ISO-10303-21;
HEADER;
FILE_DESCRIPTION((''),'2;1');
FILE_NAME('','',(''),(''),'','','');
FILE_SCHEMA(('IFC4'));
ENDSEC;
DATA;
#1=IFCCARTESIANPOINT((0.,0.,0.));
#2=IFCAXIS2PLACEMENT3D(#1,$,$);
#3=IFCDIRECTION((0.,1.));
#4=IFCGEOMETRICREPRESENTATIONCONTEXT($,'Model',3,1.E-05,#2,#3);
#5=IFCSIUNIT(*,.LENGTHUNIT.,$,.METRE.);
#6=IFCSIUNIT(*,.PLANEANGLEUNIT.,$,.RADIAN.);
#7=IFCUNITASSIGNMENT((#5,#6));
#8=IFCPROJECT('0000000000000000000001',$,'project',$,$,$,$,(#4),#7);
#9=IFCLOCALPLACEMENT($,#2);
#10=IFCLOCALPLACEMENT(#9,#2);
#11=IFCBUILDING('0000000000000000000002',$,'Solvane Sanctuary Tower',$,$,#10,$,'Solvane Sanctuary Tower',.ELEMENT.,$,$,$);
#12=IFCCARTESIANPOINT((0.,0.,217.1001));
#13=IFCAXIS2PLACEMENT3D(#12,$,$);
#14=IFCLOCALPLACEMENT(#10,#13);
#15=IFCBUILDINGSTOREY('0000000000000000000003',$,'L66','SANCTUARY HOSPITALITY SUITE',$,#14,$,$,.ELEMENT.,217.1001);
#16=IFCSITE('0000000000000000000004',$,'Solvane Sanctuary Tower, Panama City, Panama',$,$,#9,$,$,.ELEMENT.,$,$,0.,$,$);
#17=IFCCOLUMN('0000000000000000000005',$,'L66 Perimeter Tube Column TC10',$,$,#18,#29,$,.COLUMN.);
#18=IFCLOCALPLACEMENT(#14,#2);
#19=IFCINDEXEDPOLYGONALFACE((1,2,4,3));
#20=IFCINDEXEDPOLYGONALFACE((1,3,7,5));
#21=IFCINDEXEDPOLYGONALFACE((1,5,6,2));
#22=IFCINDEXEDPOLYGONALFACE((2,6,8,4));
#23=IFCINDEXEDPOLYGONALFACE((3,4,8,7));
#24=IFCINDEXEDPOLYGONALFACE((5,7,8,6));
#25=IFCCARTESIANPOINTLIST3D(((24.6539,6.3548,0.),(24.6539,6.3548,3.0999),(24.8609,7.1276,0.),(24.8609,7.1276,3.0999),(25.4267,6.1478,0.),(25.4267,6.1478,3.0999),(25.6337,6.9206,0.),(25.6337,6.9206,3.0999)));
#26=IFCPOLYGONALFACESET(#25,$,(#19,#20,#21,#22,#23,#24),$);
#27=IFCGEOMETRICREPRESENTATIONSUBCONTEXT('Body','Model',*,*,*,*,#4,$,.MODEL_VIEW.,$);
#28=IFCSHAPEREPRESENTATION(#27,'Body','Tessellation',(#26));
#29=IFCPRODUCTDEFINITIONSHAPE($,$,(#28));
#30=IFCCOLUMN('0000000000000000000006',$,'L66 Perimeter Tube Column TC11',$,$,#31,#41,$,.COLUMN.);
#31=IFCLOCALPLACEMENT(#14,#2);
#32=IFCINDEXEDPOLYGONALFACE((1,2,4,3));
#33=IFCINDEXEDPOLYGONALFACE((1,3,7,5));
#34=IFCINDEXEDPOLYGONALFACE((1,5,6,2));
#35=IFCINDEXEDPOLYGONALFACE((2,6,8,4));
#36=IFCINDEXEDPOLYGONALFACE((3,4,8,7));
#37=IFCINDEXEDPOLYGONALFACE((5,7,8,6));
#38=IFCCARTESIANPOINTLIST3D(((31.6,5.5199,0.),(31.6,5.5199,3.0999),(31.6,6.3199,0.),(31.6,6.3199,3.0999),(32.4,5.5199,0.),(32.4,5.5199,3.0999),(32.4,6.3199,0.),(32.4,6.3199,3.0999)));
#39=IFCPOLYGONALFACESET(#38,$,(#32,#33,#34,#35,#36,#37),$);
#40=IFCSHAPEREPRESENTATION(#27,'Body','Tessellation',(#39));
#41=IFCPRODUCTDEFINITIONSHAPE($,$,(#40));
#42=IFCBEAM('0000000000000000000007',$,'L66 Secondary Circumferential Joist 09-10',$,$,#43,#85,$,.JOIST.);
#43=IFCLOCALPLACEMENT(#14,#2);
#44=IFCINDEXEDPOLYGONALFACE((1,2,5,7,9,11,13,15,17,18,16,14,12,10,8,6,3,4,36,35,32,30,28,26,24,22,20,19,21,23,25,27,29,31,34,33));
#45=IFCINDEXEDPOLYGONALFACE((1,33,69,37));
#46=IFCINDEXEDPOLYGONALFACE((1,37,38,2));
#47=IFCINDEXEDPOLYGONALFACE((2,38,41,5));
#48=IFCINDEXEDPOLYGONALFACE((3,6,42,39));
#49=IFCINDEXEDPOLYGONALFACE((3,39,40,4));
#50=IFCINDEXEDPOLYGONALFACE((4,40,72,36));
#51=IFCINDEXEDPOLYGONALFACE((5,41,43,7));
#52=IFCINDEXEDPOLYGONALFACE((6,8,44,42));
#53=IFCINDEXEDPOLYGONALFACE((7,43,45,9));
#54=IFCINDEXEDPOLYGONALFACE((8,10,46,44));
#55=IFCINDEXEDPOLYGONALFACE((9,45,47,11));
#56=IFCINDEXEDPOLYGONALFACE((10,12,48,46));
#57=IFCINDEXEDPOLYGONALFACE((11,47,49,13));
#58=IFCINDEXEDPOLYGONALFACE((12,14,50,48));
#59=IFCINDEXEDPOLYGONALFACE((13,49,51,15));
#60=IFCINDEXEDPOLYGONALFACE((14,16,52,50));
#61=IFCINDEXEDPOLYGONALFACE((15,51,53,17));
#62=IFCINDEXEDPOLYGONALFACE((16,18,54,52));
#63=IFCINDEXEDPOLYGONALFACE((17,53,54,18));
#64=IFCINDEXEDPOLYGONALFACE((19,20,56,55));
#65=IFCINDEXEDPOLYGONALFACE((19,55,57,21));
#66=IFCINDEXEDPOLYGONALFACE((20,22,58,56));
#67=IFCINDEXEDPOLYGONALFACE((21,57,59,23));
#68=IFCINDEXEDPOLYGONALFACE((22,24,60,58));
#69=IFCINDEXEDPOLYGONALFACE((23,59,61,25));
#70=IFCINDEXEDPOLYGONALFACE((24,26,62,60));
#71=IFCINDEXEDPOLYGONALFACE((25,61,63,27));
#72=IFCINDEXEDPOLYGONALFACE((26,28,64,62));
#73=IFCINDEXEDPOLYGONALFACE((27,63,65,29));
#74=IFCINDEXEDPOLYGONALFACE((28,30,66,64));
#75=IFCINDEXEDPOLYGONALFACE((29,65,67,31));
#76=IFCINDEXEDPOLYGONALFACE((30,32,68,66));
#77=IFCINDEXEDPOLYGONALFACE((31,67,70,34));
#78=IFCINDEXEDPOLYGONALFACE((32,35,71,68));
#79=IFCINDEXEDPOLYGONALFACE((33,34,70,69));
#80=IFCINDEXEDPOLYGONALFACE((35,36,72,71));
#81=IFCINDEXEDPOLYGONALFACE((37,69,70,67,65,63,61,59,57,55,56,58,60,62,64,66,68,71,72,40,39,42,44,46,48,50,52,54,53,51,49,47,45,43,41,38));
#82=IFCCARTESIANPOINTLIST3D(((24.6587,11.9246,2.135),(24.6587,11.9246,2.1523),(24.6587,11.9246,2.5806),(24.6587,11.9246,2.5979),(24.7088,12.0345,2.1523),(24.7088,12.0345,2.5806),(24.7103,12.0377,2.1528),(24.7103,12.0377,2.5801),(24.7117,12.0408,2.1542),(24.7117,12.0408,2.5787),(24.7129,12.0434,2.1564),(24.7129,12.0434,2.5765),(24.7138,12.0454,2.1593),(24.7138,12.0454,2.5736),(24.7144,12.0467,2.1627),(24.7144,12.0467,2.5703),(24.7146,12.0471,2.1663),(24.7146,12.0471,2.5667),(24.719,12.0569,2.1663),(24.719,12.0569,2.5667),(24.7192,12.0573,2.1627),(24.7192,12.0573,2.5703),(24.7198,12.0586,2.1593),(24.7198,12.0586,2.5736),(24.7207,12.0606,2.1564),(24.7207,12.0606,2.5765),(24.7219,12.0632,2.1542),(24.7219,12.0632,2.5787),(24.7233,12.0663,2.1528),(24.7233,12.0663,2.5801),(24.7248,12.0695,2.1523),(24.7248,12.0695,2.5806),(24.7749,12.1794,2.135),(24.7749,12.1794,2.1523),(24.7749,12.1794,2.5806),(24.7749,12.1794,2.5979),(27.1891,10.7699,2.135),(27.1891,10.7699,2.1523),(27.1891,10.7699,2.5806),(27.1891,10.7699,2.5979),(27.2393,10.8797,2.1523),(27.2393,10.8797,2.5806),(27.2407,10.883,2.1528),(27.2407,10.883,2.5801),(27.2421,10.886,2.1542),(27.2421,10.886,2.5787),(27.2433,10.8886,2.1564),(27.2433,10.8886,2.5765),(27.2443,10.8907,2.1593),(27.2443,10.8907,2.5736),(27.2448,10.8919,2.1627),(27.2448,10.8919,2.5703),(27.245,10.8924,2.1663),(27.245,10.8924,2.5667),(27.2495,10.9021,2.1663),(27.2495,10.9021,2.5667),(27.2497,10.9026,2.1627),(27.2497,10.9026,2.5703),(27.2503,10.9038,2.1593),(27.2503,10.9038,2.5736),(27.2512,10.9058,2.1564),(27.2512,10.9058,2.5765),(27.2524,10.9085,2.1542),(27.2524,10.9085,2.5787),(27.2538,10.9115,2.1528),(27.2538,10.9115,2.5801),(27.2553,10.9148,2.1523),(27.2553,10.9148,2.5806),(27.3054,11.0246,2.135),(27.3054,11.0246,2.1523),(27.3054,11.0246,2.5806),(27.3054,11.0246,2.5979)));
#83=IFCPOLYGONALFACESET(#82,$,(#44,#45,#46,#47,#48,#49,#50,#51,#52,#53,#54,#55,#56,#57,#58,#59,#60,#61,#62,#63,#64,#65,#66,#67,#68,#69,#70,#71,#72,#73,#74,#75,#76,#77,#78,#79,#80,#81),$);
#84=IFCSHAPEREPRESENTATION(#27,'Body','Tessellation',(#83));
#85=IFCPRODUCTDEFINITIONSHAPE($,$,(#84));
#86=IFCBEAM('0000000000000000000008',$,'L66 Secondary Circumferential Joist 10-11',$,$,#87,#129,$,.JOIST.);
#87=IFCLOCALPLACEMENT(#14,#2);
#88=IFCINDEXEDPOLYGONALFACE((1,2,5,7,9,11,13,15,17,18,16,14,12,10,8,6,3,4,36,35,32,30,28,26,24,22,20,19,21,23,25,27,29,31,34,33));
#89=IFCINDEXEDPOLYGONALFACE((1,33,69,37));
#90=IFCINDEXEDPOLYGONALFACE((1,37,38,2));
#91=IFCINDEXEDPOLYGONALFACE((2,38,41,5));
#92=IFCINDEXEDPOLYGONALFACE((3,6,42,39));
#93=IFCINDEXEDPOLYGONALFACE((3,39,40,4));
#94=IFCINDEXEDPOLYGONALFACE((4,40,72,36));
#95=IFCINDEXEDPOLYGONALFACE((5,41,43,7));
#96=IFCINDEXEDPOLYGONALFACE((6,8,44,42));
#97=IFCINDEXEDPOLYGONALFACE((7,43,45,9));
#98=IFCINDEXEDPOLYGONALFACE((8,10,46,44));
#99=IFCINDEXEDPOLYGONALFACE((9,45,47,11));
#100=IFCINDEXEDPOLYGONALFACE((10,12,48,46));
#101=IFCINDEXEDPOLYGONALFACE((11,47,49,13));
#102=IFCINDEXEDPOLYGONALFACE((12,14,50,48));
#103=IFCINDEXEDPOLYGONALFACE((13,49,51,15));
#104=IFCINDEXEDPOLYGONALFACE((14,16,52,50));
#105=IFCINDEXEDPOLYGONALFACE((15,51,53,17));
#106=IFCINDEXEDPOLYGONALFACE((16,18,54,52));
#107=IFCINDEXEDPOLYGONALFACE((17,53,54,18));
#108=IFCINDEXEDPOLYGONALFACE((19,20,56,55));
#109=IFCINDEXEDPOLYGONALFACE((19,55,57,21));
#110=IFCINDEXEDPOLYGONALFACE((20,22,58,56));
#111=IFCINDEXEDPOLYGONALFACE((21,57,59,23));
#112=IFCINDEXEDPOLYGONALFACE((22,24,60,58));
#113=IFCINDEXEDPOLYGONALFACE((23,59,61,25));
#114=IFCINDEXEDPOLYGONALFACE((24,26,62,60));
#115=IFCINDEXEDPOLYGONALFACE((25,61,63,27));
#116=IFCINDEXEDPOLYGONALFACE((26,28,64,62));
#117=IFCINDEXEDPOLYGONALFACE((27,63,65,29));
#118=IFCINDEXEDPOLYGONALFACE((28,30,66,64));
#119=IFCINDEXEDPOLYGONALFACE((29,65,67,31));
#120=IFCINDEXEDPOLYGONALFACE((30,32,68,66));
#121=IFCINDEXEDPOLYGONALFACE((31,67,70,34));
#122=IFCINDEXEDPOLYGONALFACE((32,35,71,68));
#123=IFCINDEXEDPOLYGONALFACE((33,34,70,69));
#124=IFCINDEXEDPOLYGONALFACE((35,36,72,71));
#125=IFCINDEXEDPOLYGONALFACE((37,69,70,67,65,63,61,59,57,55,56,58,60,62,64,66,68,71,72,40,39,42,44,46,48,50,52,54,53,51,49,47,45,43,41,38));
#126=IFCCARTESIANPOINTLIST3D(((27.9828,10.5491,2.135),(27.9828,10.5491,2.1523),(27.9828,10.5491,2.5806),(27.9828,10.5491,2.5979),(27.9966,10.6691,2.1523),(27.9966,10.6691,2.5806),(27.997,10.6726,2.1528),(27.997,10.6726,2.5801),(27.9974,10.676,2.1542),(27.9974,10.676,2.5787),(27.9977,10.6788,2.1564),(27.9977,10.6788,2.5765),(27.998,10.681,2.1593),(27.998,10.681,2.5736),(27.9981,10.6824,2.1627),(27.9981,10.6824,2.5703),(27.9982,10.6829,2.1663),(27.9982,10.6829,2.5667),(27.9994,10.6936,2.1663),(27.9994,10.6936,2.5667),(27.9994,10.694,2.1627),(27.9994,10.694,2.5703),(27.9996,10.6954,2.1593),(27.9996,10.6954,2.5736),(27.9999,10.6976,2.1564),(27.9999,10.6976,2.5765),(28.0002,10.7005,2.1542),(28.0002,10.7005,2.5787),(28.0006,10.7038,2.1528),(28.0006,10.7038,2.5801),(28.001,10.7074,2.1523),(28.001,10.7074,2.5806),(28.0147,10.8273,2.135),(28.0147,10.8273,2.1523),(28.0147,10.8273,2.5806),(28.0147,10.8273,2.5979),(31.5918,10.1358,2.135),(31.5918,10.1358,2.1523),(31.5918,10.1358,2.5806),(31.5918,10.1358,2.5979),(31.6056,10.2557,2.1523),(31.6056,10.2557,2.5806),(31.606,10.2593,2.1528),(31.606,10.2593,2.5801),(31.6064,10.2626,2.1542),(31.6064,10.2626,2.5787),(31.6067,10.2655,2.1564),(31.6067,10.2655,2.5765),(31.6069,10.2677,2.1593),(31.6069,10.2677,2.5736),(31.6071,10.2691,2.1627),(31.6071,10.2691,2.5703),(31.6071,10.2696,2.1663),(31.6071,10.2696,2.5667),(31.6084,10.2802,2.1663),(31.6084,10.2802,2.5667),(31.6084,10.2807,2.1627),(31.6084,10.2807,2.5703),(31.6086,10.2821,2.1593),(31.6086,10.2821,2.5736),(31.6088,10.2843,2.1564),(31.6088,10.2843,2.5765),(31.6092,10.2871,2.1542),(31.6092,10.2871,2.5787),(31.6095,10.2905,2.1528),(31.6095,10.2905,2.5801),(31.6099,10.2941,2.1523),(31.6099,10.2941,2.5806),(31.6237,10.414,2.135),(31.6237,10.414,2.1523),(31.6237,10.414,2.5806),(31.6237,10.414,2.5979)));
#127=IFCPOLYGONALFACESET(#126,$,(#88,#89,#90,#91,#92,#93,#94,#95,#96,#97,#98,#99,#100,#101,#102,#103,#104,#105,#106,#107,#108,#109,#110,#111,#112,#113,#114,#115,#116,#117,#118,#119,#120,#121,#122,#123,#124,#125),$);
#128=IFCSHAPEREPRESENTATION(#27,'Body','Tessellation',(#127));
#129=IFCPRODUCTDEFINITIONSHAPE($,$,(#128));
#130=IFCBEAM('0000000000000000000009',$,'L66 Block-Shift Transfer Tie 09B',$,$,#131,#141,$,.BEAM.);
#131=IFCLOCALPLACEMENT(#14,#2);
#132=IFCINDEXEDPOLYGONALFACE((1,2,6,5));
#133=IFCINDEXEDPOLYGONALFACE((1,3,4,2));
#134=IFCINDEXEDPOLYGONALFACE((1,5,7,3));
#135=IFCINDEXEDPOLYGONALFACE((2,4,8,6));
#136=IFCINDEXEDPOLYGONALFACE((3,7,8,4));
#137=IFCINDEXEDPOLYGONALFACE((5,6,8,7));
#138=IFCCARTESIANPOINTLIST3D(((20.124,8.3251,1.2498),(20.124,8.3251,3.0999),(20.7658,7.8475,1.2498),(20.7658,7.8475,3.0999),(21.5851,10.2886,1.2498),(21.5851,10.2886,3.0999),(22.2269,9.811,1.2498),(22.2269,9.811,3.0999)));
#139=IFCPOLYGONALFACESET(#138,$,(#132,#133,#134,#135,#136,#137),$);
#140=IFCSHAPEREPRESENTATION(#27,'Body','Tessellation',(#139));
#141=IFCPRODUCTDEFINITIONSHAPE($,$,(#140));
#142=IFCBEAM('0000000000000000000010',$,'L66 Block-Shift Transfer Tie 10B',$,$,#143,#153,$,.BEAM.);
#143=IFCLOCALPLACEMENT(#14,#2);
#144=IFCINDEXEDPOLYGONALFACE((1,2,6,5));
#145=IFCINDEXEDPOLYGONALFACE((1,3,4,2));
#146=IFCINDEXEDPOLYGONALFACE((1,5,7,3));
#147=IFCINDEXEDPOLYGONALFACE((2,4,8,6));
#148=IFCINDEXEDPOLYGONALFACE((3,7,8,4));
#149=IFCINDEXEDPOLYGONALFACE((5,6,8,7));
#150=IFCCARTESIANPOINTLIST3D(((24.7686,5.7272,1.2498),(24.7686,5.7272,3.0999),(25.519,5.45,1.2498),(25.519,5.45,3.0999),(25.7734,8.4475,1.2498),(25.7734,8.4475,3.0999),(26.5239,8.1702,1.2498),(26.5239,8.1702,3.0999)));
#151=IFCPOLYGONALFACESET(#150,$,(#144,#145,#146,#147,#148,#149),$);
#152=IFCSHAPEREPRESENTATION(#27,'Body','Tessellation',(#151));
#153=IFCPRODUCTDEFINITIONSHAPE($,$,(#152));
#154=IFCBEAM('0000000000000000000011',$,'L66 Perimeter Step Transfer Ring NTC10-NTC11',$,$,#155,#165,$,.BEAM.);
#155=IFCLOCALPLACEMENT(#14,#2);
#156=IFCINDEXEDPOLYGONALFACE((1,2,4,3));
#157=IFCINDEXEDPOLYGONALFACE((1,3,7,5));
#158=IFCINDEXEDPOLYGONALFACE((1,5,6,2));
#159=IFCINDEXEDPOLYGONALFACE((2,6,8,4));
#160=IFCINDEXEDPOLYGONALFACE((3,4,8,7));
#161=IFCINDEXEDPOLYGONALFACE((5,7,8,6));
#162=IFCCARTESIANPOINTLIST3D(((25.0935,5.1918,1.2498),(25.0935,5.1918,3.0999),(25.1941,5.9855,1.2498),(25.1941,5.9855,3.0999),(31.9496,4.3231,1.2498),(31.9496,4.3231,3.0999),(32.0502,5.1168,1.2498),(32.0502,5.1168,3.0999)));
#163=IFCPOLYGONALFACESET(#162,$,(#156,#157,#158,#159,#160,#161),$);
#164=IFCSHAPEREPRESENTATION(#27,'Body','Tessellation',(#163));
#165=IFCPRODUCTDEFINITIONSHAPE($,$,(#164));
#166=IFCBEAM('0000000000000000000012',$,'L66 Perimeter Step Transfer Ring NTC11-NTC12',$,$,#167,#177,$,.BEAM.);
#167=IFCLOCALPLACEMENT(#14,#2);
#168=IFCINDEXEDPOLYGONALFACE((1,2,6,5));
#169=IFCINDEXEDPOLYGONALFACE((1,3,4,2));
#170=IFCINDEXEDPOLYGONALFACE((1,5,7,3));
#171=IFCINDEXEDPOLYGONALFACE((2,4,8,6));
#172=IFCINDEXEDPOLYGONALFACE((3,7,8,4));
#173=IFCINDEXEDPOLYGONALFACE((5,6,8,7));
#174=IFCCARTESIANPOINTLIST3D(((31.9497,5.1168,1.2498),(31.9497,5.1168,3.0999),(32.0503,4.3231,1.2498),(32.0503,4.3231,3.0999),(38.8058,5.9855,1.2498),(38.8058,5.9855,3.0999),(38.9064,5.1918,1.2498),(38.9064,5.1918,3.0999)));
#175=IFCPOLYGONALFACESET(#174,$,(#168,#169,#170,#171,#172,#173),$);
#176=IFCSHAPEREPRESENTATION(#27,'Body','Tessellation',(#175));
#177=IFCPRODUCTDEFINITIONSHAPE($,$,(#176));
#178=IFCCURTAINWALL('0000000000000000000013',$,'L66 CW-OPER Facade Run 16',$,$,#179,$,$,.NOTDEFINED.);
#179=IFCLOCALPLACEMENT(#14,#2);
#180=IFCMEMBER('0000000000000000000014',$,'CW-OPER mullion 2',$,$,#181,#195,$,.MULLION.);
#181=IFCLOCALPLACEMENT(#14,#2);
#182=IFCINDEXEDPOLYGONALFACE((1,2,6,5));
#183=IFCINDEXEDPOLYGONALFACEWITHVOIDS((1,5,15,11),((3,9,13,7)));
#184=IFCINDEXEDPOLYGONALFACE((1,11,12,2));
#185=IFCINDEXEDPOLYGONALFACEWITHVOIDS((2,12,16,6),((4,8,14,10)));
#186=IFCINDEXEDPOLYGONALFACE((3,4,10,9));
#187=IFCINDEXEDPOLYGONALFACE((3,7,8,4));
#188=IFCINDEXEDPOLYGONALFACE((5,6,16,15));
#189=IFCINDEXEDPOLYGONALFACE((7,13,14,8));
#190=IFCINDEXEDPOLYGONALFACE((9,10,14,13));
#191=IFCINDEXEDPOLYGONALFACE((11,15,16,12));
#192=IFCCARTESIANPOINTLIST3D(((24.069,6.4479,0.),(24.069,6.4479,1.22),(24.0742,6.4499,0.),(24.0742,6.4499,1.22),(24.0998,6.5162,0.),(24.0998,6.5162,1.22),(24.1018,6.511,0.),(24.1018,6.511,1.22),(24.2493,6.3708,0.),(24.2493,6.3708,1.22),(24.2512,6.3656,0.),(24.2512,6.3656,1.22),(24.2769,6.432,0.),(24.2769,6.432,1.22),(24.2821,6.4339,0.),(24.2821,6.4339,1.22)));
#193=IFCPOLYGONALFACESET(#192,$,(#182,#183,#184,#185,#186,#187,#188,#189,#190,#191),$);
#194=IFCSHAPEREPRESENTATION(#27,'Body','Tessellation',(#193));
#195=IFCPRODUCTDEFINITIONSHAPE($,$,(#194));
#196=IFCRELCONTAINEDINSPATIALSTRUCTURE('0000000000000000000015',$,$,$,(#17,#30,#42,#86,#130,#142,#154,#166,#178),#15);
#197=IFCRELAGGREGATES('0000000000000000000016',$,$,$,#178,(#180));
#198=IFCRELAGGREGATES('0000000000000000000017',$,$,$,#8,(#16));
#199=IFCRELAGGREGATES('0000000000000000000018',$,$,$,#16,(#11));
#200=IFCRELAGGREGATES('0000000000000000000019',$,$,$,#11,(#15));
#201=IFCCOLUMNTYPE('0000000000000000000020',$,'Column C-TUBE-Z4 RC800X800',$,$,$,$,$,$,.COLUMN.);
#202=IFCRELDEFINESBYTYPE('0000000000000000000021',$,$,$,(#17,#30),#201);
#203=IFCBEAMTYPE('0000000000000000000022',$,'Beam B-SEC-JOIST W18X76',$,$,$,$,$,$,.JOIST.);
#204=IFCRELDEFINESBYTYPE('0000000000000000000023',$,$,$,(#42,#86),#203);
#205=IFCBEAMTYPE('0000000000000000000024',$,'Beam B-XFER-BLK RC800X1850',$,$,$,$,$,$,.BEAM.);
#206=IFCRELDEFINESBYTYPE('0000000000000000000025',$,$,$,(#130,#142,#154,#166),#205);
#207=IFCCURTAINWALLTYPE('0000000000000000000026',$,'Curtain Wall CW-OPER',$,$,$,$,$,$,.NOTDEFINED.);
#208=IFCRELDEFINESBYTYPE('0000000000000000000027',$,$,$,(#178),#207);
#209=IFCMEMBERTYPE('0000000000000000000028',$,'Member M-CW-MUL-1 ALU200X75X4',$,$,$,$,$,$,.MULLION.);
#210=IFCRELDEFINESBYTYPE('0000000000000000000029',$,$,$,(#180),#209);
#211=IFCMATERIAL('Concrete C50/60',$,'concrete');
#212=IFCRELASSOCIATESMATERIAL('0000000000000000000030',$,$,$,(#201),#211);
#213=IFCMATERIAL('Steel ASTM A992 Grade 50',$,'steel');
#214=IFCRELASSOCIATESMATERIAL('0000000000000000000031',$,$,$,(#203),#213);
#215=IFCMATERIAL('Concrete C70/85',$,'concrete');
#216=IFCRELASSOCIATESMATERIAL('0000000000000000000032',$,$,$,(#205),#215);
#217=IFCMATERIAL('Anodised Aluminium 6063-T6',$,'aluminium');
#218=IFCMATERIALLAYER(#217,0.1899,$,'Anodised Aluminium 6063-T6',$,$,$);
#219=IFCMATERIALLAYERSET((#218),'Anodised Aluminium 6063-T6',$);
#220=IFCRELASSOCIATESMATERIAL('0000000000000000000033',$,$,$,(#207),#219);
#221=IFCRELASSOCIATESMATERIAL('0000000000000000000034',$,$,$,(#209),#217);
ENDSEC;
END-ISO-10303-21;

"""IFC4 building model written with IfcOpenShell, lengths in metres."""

from ifc_helpers import new_model, si_unit, direction, frame, origin, origin_2d, place, context, subcontext, project, spatial, rectangle, hollow_rectangle, i_section, extrude, material, layer, layer_set, material_profile, profile_set, type_object, element, aggregate, save


model = new_model("IFC4")

# Units and contexts
model_context = context("Model", 3, precision=1e-05, world=origin(), true_north=direction((0.0, 1.0)))
body_context = subcontext(model_context, "Body", "Model", "MODEL_VIEW")
ifc_project = project(units=[si_unit("LENGTHUNIT", "METRE"), si_unit("PLANEANGLEUNIT", "RADIAN")], contexts=[model_context])

# Site, building, storey
site_placement = place(None, origin())
site = spatial("IfcSite", under=ifc_project, at=site_placement, Name="Solvane Sanctuary Tower, Panama City, Panama", CompositionType="ELEMENT", RefElevation=0.0)
building_placement = place(site_placement, origin())
building = spatial("IfcBuilding", under=site, at=building_placement, Name="Solvane Sanctuary Tower", LongName="Solvane Sanctuary Tower", CompositionType="ELEMENT")
storey_placement = place(building_placement, frame((0.0, 0.0, 217.1001)))
storey = spatial("IfcBuildingStorey", under=building, at=storey_placement, Name="L66", Description="SANCTUARY HOSPITALITY SUITE", CompositionType="ELEMENT", Elevation=217.1001)

# Columns
ifc_material_1 = material(Name="Concrete C50/60", Category="concrete")
ifc_material_profile_1 = material_profile(ifc_material_1, rectangle(XDim=0.8, YDim=0.8, at=origin_2d()), Name="RC800X800")
ifc_profile_set_1 = profile_set([ifc_material_profile_1], Name="Concrete C50/60")
column_type = type_object("IfcColumnType", Name="Column C-TUBE-Z4 RC800X800", PredefinedType="COLUMN", material=ifc_profile_set_1)
for number, where, z_axis, x_axis, name in (
    (1, (25.1438, 6.6377, 0.0), (0.0, 0.0, 1.0), (-0.258819, -0.965926, 0.0), "L66 Perimeter Tube Column TC10"),
    (2, (32.0, 5.9199, 0.0), (0.0, 0.0, 1.0), (0.0, -1.0, 0.0), "L66 Perimeter Tube Column TC11"),
):
    element("IfcColumn", number, at=place(storey_placement, frame(where, z_axis=z_axis, x_axis=x_axis)), inside=storey, type_object=column_type, Name=name, PredefinedType="COLUMN", context=body_context, shape_type="SweptSolid", body=[
        extrude(rectangle(XDim=0.8, YDim=0.8, at=origin_2d()), origin(), (0.0, 0.0, 1.0), 3.0999),
    ])

# Beams
ifc_material_2 = material(Name="Steel ASTM A992 Grade 50", Category="steel")
ifc_material_profile_2 = material_profile(ifc_material_2, i_section(OverallWidth=0.28, OverallDepth=0.4629, WebThickness=0.0107, FlangeThickness=0.0173, FilletRadius=0.0139, at=origin_2d()), Name="W18X76")
ifc_profile_set_2 = profile_set([ifc_material_profile_2], Name="Steel ASTM A992 Grade 50")
beam_type_1 = type_object("IfcBeamType", Name="Beam B-SEC-JOIST W18X76", PredefinedType="JOIST", material=ifc_profile_set_2)
beam_1_placement = place(storey_placement, frame((24.7168, 12.052, 2.3665), z_axis=(0.909749, -0.415158, 0.0), x_axis=(0.415158, 0.909749, 0.0)))
element("IfcBeam", 3, at=beam_1_placement, inside=storey, type_object=beam_type_1, Name="L66 Secondary Circumferential Joist 09-10", PredefinedType="JOIST", context=body_context, shape_type="SweptSolid", body=[
    extrude(i_section(OverallWidth=0.28, OverallDepth=0.4629, WebThickness=0.0107, FlangeThickness=0.0173, FilletRadius=0.0139, at=origin_2d()), origin(), (0.0, 0.0, 1.0), 2.7815),
])
beam_2_placement = place(storey_placement, frame((27.9988, 10.6882, 2.3665), z_axis=(0.993505, -0.113787, 0.0), x_axis=(0.113787, 0.993505, 0.0)))
element("IfcBeam", 4, at=beam_2_placement, inside=storey, type_object=beam_type_1, Name="L66 Secondary Circumferential Joist 10-11", PredefinedType="JOIST", context=body_context, shape_type="SweptSolid", body=[
    extrude(i_section(OverallWidth=0.28, OverallDepth=0.4629, WebThickness=0.0107, FlangeThickness=0.0173, FilletRadius=0.0139, at=origin_2d()), origin(), (0.0, 0.0, 1.0), 3.6326),
])
ifc_material_3 = material(Name="Concrete C70/85", Category="concrete")
ifc_material_profile_3 = material_profile(ifc_material_3, rectangle(XDim=0.8, YDim=1.8501, at=origin_2d()), Name="RC800X1850")
ifc_profile_set_3 = profile_set([ifc_material_profile_3], Name="Concrete C70/85")
beam_type_2 = type_object("IfcBeamType", Name="Beam B-XFER-BLK RC800X1850", PredefinedType="BEAM", material=ifc_profile_set_3)
beam_3_placement = place(storey_placement, frame((21.906, 10.0498, 2.1748), z_axis=(-0.596979, -0.802257, 0.0), x_axis=(0.802257, -0.596979, 0.0)))
element("IfcBeam", 5, at=beam_3_placement, inside=storey, type_object=beam_type_2, Name="L66 Block-Shift Transfer Tie 09B", PredefinedType="BEAM", context=body_context, shape_type="SweptSolid", body=[
    extrude(rectangle(XDim=0.8, YDim=1.8501, at=origin_2d()), origin(), (0.0, 0.0, 1.0), 2.4475),
])
beam_4_placement = place(storey_placement, frame((26.1487, 8.3088, 2.1748), z_axis=(-0.346525, -0.938041, 0.0), x_axis=(0.938041, -0.346525, 0.0)))
element("IfcBeam", 6, at=beam_4_placement, inside=storey, type_object=beam_type_2, Name="L66 Block-Shift Transfer Tie 10B", PredefinedType="BEAM", context=body_context, shape_type="SweptSolid", body=[
    extrude(rectangle(XDim=0.8, YDim=1.8501, at=origin_2d()), origin(), (0.0, 0.0, 1.0), 2.8999),
])
for number, where, z_axis, x_axis, name in (
    (7, (25.1438, 5.5886, 2.1748), (0.992069, -0.125691, 0.0), (0.125691, 0.992069, 0.0), "L66 Perimeter Step Transfer Ring NTC10-NTC11"),
    (8, (32.0, 4.72, 2.1748), (0.992069, 0.125691, 0.0), (-0.125691, 0.992069, 0.0), "L66 Perimeter Step Transfer Ring NTC11-NTC12"),
):
    element("IfcBeam", number, at=place(storey_placement, frame(where, z_axis=z_axis, x_axis=x_axis)), inside=storey, type_object=beam_type_2, Name=name, PredefinedType="BEAM", context=body_context, shape_type="SweptSolid", body=[
        extrude(rectangle(XDim=0.8, YDim=1.8501, at=origin_2d()), origin(), (0.0, 0.0, 1.0), 6.9109),
    ])

# Curtain wall, member
ifc_material_4 = material(Name="Anodised Aluminium 6063-T6", Category="aluminium")
ifc_layer_1 = layer(ifc_material_4, 0.1899, Name="Anodised Aluminium 6063-T6")
ifc_layer_set_1 = layer_set([ifc_layer_1], Name="Anodised Aluminium 6063-T6")
curtain_wall_type = type_object("IfcCurtainWallType", Name="Curtain Wall CW-OPER", PredefinedType="NOTDEFINED", material=ifc_layer_set_1)
curtain_wall_placement = place(storey_placement, origin())
curtain_wall = element("IfcCurtainWall", 9, at=curtain_wall_placement, inside=storey, type_object=curtain_wall_type, Name="L66 CW-OPER Facade Run 16", PredefinedType="NOTDEFINED")
ifc_material_profile_4 = material_profile(ifc_material_4, hollow_rectangle(XDim=0.075, YDim=0.2, WallThickness=0.0039, at=origin_2d()), Name="ALU200X75X4")
ifc_profile_set_4 = profile_set([ifc_material_profile_4], Name="Anodised Aluminium 6063-T6")
member_type = type_object("IfcMemberType", Name="Member M-CW-MUL-1 ALU200X75X4", PredefinedType="MULLION", material=ifc_profile_set_4)
member_placement = place(storey_placement, frame((24.1755, 6.4409, 0.0), z_axis=(0.0, 0.0, 1.0), x_axis=(0.411471, 0.911423, 0.0)))
member = element("IfcMember", 10, at=member_placement, type_object=member_type, Name="CW-OPER mullion 2", PredefinedType="MULLION", context=body_context, shape_type="SweptSolid", body=[
    extrude(hollow_rectangle(XDim=0.075, YDim=0.2, WallThickness=0.0039, at=origin_2d()), origin(), (0.0, 0.0, 1.0), 1.22),
])
aggregate(curtain_wall, [member])

save(model, "model.ifc")
